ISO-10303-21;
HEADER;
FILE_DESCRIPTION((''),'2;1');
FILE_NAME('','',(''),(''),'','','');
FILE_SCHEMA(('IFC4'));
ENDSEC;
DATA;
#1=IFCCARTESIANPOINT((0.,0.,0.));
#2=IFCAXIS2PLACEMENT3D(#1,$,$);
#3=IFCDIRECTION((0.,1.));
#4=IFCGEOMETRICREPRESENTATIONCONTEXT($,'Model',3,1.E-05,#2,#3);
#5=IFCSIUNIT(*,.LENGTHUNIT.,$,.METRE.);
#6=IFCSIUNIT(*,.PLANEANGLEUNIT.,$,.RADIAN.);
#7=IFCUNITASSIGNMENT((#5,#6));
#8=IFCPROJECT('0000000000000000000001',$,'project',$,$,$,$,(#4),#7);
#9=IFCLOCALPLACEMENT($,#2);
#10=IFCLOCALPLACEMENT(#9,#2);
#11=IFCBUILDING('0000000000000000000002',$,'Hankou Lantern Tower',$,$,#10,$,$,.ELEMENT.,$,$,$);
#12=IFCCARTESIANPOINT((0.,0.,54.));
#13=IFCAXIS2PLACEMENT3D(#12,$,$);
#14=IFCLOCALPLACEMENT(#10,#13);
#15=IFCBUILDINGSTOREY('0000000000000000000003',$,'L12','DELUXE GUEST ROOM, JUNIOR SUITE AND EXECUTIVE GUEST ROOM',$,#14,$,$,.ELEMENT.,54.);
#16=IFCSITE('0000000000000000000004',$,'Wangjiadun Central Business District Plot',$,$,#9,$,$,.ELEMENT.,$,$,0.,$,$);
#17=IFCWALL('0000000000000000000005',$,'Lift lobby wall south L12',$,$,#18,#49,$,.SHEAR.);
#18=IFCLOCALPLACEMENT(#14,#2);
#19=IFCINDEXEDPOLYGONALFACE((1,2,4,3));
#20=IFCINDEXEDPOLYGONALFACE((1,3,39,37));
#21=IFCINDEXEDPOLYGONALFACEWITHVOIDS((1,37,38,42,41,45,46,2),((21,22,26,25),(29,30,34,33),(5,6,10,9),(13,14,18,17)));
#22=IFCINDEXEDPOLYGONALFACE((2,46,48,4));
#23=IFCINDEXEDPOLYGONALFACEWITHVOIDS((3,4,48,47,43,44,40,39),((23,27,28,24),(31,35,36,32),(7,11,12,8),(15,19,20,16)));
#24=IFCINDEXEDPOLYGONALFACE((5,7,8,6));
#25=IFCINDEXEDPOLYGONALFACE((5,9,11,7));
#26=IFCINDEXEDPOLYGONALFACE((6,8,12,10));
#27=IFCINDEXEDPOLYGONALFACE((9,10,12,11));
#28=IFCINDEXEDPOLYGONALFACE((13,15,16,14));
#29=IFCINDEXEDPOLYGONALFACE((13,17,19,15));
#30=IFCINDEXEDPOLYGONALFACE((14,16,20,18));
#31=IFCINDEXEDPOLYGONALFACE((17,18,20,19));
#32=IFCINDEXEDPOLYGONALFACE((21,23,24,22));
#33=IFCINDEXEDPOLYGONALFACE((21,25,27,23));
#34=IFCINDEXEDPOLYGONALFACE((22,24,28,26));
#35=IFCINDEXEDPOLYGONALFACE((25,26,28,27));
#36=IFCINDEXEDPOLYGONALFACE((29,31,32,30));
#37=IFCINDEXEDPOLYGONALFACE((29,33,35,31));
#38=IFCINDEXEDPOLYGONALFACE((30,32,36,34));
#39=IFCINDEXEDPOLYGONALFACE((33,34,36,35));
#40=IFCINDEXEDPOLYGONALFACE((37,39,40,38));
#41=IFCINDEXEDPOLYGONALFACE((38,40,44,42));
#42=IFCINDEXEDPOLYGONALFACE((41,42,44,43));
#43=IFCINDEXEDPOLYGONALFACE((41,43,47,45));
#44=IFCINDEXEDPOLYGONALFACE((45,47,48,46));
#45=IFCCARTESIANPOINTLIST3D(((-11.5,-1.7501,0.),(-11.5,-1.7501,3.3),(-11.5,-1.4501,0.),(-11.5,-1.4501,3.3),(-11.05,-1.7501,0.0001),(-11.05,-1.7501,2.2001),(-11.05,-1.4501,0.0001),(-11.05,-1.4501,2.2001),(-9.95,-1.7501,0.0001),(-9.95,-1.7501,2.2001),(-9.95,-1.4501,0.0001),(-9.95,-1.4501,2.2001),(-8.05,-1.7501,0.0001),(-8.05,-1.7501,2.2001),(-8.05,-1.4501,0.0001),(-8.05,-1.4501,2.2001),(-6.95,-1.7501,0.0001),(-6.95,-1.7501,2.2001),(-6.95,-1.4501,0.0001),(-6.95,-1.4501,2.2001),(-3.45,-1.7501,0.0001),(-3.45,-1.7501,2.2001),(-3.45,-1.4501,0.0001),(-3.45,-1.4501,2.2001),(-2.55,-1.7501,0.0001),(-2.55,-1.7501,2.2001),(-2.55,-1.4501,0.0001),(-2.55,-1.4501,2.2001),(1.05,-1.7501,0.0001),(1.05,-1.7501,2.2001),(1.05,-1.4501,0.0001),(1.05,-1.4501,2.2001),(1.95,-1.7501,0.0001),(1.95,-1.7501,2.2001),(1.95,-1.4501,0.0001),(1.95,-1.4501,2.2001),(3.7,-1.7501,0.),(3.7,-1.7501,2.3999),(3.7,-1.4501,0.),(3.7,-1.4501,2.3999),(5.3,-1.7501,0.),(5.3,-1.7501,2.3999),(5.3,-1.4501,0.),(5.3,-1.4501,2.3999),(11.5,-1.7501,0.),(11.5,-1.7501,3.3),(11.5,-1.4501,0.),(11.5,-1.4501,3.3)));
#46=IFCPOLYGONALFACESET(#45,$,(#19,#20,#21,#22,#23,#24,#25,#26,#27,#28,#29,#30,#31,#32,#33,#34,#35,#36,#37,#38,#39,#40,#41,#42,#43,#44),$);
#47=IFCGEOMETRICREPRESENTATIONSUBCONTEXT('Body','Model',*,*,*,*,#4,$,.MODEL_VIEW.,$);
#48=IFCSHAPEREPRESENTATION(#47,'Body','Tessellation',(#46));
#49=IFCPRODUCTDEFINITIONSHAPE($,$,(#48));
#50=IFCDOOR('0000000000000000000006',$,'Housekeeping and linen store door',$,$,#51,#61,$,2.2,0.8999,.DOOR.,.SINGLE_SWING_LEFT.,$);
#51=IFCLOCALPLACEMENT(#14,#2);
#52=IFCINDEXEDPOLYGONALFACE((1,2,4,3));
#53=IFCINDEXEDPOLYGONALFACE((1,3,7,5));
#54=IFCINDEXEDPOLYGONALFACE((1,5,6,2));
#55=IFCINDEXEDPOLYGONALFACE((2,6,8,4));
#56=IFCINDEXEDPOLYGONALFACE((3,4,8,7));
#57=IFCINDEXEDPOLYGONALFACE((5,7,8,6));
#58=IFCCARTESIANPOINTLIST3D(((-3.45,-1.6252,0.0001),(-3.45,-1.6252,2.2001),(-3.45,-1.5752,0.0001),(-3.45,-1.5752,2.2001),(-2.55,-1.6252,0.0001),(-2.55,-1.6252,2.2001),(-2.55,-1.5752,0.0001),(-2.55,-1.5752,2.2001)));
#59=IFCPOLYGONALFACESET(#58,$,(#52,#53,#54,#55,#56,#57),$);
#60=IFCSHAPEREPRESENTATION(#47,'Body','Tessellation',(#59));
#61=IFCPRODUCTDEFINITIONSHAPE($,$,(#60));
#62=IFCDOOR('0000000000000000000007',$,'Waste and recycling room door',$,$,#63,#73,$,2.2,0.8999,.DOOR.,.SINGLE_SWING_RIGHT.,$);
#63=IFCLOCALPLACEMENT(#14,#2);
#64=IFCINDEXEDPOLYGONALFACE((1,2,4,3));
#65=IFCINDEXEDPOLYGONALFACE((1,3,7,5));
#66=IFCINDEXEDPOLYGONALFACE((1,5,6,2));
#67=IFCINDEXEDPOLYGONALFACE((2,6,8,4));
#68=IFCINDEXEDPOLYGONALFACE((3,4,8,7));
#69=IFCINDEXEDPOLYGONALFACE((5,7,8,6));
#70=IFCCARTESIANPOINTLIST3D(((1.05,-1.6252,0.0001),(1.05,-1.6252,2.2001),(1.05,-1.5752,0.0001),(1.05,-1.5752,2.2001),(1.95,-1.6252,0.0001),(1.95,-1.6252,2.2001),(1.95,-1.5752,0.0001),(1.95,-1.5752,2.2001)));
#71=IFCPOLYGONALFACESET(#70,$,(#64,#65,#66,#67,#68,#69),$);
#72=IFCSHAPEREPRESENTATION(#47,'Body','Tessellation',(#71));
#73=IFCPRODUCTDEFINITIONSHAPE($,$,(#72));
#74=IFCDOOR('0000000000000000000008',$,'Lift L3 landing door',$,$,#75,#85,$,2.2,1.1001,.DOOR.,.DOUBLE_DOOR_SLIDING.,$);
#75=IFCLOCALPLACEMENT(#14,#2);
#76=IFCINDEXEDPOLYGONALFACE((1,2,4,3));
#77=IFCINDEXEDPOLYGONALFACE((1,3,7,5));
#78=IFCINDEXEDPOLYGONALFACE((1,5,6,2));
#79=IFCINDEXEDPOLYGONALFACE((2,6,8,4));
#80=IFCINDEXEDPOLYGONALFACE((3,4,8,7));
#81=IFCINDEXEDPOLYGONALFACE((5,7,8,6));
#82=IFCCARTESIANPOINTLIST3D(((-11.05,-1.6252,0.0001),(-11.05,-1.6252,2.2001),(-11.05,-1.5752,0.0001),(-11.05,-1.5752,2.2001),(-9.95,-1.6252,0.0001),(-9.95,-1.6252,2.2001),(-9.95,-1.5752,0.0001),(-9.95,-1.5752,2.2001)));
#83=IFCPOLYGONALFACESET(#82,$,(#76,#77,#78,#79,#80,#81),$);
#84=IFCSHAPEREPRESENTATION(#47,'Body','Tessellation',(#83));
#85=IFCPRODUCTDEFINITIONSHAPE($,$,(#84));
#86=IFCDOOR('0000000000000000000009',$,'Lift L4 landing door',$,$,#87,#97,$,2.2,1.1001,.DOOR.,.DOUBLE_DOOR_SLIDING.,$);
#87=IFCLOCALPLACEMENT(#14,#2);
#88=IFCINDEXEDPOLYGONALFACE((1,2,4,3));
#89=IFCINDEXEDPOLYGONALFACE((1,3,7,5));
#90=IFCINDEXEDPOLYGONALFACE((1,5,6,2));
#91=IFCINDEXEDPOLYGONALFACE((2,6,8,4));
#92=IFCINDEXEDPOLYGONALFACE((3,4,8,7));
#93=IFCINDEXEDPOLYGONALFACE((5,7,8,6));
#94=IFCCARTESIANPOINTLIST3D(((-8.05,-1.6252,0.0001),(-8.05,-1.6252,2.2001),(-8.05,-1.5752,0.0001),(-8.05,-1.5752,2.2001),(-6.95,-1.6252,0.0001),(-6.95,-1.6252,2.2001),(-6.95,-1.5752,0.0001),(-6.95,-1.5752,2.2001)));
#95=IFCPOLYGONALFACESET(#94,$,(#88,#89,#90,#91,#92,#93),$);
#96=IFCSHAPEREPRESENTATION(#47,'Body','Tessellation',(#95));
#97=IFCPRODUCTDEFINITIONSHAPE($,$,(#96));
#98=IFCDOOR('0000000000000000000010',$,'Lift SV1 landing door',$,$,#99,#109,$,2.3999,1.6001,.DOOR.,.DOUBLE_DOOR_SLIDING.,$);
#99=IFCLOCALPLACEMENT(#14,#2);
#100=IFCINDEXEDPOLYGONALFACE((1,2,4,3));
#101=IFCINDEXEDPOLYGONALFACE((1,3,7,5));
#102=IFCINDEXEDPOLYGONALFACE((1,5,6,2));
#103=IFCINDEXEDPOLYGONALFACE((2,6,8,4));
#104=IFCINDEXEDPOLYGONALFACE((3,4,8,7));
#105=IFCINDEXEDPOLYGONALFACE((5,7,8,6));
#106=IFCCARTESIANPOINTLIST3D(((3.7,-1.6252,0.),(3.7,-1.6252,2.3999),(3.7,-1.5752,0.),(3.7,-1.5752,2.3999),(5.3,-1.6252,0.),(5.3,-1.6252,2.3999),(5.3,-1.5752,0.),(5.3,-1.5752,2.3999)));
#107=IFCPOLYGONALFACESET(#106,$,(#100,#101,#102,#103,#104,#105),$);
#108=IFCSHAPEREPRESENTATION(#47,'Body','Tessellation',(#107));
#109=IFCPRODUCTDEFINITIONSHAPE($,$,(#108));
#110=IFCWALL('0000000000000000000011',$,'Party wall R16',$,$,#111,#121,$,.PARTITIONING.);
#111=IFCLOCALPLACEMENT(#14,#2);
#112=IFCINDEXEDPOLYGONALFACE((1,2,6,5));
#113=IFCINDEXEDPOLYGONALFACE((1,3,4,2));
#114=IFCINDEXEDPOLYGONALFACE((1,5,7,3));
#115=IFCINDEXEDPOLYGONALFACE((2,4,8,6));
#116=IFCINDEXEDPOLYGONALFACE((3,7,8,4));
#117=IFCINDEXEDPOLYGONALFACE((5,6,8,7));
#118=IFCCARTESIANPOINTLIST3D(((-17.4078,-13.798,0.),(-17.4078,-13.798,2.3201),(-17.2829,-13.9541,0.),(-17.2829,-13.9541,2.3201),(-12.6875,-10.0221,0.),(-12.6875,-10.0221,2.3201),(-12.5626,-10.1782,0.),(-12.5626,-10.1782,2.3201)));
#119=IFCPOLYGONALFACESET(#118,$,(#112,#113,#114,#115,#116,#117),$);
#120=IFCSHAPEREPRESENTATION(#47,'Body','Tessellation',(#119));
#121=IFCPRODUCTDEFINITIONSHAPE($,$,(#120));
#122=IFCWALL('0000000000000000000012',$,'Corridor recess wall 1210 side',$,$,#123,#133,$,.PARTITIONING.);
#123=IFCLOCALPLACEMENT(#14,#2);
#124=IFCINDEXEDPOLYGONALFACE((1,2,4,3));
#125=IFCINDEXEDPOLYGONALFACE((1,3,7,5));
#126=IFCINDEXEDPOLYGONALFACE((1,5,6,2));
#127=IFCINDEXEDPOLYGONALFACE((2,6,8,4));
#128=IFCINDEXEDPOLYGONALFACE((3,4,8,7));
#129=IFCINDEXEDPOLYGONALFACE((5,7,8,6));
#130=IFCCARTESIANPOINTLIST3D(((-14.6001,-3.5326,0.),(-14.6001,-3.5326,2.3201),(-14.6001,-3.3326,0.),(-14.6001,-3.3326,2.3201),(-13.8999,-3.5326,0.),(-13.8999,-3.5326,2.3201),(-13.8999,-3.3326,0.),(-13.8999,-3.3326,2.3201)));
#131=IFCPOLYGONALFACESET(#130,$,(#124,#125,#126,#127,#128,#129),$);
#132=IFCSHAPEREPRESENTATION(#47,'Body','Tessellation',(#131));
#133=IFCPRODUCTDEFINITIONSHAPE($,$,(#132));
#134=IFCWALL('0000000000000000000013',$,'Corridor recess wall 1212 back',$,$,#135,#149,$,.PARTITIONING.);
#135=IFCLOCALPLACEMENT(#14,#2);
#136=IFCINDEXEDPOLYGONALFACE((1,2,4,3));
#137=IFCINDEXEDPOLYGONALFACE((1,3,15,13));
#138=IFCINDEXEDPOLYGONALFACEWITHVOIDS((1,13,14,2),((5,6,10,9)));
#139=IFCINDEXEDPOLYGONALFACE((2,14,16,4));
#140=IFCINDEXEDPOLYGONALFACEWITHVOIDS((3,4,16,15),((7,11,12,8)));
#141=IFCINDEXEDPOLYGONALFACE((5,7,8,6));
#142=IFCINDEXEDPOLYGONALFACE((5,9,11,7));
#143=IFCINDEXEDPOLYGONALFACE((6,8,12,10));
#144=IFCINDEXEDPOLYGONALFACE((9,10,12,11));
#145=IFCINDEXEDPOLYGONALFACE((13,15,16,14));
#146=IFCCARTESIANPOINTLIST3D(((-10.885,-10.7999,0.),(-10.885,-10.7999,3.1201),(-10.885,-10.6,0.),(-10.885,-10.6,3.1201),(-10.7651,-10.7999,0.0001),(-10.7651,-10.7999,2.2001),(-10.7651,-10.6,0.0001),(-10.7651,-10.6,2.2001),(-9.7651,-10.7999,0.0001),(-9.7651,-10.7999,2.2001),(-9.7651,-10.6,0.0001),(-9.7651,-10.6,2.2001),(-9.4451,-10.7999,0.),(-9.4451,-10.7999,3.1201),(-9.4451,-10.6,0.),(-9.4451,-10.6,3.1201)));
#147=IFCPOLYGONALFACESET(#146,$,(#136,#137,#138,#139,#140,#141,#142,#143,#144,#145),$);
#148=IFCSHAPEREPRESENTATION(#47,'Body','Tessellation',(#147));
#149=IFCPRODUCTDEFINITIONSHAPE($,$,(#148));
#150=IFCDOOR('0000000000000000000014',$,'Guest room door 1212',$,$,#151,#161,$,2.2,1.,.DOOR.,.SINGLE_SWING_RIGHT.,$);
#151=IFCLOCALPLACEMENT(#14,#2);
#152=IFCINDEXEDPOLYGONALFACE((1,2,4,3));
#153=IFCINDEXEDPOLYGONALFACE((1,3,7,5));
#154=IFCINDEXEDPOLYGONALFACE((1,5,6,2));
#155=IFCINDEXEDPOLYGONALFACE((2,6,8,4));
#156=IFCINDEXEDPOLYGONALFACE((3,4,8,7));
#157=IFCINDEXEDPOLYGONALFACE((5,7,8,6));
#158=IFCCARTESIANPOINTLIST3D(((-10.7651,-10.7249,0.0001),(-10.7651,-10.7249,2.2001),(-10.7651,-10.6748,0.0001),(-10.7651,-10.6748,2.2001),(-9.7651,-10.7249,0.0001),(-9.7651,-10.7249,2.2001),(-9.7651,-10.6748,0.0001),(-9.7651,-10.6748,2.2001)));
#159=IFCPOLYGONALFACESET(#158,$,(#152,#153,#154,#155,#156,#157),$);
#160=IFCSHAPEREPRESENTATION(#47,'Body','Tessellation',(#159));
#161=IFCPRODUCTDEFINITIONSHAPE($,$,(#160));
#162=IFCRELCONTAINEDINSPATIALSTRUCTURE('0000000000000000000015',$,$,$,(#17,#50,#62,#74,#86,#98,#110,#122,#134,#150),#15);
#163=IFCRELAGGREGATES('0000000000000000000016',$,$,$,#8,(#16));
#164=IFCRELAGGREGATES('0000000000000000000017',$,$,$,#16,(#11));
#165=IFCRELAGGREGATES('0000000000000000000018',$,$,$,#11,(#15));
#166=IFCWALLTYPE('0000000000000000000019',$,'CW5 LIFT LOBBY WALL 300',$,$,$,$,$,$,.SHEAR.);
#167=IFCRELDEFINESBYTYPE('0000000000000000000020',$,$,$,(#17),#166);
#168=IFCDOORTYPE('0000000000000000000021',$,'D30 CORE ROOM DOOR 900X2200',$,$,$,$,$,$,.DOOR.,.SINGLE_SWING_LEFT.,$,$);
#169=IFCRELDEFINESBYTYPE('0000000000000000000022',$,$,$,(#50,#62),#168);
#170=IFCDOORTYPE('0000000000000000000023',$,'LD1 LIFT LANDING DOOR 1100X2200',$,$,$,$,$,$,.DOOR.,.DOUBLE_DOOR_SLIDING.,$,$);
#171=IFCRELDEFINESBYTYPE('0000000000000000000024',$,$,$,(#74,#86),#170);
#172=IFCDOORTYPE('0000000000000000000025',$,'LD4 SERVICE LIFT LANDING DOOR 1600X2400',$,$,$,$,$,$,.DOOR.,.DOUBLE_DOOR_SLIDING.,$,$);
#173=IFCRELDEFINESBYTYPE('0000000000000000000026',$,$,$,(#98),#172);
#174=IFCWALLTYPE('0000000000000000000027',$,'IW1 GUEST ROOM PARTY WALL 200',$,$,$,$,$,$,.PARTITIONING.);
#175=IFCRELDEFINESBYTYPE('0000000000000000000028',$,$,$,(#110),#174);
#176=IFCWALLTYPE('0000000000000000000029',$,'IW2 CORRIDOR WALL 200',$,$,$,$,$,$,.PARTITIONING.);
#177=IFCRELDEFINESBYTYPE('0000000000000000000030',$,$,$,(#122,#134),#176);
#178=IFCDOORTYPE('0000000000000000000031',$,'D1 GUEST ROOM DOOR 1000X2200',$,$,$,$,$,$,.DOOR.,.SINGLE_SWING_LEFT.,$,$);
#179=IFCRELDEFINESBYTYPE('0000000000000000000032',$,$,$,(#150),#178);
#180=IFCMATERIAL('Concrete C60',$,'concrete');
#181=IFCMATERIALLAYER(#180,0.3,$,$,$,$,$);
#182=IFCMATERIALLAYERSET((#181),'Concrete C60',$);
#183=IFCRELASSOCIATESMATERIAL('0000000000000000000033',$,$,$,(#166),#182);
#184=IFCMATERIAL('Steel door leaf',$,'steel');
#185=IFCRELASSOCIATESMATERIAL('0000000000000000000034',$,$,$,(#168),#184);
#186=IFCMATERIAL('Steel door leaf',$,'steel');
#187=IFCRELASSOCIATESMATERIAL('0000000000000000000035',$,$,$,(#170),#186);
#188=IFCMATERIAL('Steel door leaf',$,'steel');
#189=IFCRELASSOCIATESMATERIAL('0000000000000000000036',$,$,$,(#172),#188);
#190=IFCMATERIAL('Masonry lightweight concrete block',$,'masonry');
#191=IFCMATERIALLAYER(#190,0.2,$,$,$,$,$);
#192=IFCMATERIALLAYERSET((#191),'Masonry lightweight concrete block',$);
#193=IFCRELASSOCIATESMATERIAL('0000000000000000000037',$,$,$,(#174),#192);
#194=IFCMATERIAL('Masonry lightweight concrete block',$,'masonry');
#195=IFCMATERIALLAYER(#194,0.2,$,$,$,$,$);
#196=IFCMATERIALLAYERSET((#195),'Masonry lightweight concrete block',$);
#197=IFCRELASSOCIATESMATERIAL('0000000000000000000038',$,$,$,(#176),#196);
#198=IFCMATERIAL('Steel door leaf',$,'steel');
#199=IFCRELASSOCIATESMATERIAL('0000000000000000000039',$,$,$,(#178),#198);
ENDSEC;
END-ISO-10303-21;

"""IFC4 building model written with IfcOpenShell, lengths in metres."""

from ifc_helpers import new_model, si_unit, direction, frame, frame_2d, origin, place, context, subcontext, project, spatial, rectangle, extrude, material, layer, layer_set, type_object, element, fill, save


model = new_model("IFC4")

# Units and contexts
model_context = context("Model", 3, precision=1e-05, world=origin(), true_north=direction((0.0, 1.0)))
body_context = subcontext(model_context, "Body", "Model", "MODEL_VIEW")
ifc_project = project(units=[si_unit("LENGTHUNIT", "METRE"), si_unit("PLANEANGLEUNIT", "RADIAN")], contexts=[model_context])

# Site, building, storey
site_placement = place(None, origin())
site = spatial("IfcSite", under=ifc_project, at=site_placement, Name="Wangjiadun Central Business District Plot", CompositionType="ELEMENT", RefElevation=0.0)
building_placement = place(site_placement, origin())
building = spatial("IfcBuilding", under=site, at=building_placement, Name="Hankou Lantern Tower", CompositionType="ELEMENT")
storey_placement = place(building_placement, frame((0.0, 0.0, 54.0)))
storey = spatial("IfcBuildingStorey", under=building, at=storey_placement, Name="L12", Description="DELUXE GUEST ROOM, JUNIOR SUITE AND EXECUTIVE GUEST ROOM", CompositionType="ELEMENT", Elevation=54.0)

# Wall, openings, doors
ifc_material_1 = material(Name="Concrete C60", Category="concrete")
ifc_layer_1 = layer(ifc_material_1, 0.3)
ifc_layer_set_1 = layer_set([ifc_layer_1], Name="Concrete C60")
wall_type_1 = type_object("IfcWallType", Name="CW5 LIFT LOBBY WALL 300", PredefinedType="SHEAR", material=ifc_layer_set_1)
wall_1_placement = place(storey_placement, frame((-11.5, -1.6001, 0.0), z_axis=(0.0, 0.0, 1.0), x_axis=(1.0, 0.0, 0.0)))
wall_1 = element("IfcWall", 1, at=wall_1_placement, inside=storey, type_object=wall_type_1, Name="Lift lobby wall south L12", PredefinedType="SHEAR", context=body_context, shape_type="SweptSolid", body=[
    extrude(rectangle(XDim=23.0, YDim=0.3, at=frame_2d((11.5, 0.0))), origin(), (0.0, 0.0, 1.0), 3.3),
])
opening_1_placement = place(wall_1_placement, frame((0.45, 0.0, 0.0)))
opening_1 = element("IfcOpeningElement", 2, at=opening_1_placement, cuts=wall_1, PredefinedType="OPENING", context=body_context, shape_type="SweptSolid", body=[
    extrude(rectangle(XDim=1.1001, YDim=2.2, at=frame_2d((0.55, 1.1001))), frame((0.0, 0.1599, 0.0), z_axis=(0.0, -1.0, 0.0), x_axis=(1.0, 0.0, 0.0)), (0.0, 0.0, 1.0), 0.3201),
])
opening_2_placement = place(wall_1_placement, frame((3.45, 0.0, 0.0)))
opening_2 = element("IfcOpeningElement", 3, at=opening_2_placement, cuts=wall_1, PredefinedType="OPENING", context=body_context, shape_type="SweptSolid", body=[
    extrude(rectangle(XDim=1.1001, YDim=2.2, at=frame_2d((0.55, 1.1001))), frame((0.0, 0.1599, 0.0), z_axis=(0.0, -1.0, 0.0), x_axis=(1.0, 0.0, 0.0)), (0.0, 0.0, 1.0), 0.3201),
])
opening_3_placement = place(wall_1_placement, frame((15.2, 0.0, 0.0)))
opening_3 = element("IfcOpeningElement", 4, at=opening_3_placement, cuts=wall_1, PredefinedType="OPENING", context=body_context, shape_type="SweptSolid", body=[
    extrude(rectangle(XDim=1.6001, YDim=2.3999, at=frame_2d((0.8, 1.2))), frame((0.0, 0.1599, 0.0), z_axis=(0.0, -1.0, 0.0), x_axis=(1.0, 0.0, 0.0)), (0.0, 0.0, 1.0), 0.3201),
])
opening_4_placement = place(wall_1_placement, frame((8.05, 0.0, 0.0)))
opening_4 = element("IfcOpeningElement", 5, at=opening_4_placement, cuts=wall_1, PredefinedType="OPENING", context=body_context, shape_type="SweptSolid", body=[
    extrude(rectangle(XDim=0.8999, YDim=2.2, at=frame_2d((0.45, 1.1001))), frame((0.0, 0.1599, 0.0), z_axis=(0.0, -1.0, 0.0), x_axis=(1.0, 0.0, 0.0)), (0.0, 0.0, 1.0), 0.3201),
])
opening_5_placement = place(wall_1_placement, frame((12.55, 0.0, 0.0)))
opening_5 = element("IfcOpeningElement", 6, at=opening_5_placement, cuts=wall_1, PredefinedType="OPENING", context=body_context, shape_type="SweptSolid", body=[
    extrude(rectangle(XDim=0.8999, YDim=2.2, at=frame_2d((0.45, 1.1001))), frame((0.0, 0.1599, 0.0), z_axis=(0.0, -1.0, 0.0), x_axis=(1.0, 0.0, 0.0)), (0.0, 0.0, 1.0), 0.3201),
])
ifc_material_2 = material(Name="Steel door leaf", Category="steel")
door_type_1 = type_object("IfcDoorType", Name="D30 CORE ROOM DOOR 900X2200", OperationType="SINGLE_SWING_LEFT", PredefinedType="DOOR", material=ifc_material_2)
door_1_placement = place(opening_4_placement, origin())
door_1 = element("IfcDoor", 7, at=door_1_placement, inside=storey, type_object=door_type_1, Name="Housekeeping and linen store door", OperationType="SINGLE_SWING_LEFT", OverallHeight=2.2, OverallWidth=0.8999, PredefinedType="DOOR", context=body_context, shape_type="SweptSolid", body=[
    extrude(rectangle(XDim=0.8999, YDim=2.2, at=frame_2d((0.45, 1.1001))), frame((0.0, 0.0249, 0.0), z_axis=(0.0, -1.0, 0.0), x_axis=(1.0, 0.0, 0.0)), (0.0, 0.0, 1.0), 0.05),
])
fill(opening_4, door_1)
door_2_placement = place(opening_5_placement, origin())
door_2 = element("IfcDoor", 8, at=door_2_placement, inside=storey, type_object=door_type_1, Name="Waste and recycling room door", OperationType="SINGLE_SWING_RIGHT", OverallHeight=2.2, OverallWidth=0.8999, PredefinedType="DOOR", context=body_context, shape_type="SweptSolid", body=[
    extrude(rectangle(XDim=0.8999, YDim=2.2, at=frame_2d((0.45, 1.1001))), frame((0.0, 0.0249, 0.0), z_axis=(0.0, -1.0, 0.0), x_axis=(1.0, 0.0, 0.0)), (0.0, 0.0, 1.0), 0.05),
])
fill(opening_5, door_2)
ifc_material_3 = material(Name="Steel door leaf", Category="steel")
door_type_2 = type_object("IfcDoorType", Name="LD1 LIFT LANDING DOOR 1100X2200", OperationType="DOUBLE_DOOR_SLIDING", PredefinedType="DOOR", material=ifc_material_3)
door_3_placement = place(opening_1_placement, origin())
door_3 = element("IfcDoor", 9, at=door_3_placement, inside=storey, type_object=door_type_2, Name="Lift L3 landing door", OperationType="DOUBLE_DOOR_SLIDING", OverallHeight=2.2, OverallWidth=1.1001, PredefinedType="DOOR", context=body_context, shape_type="SweptSolid", body=[
    extrude(rectangle(XDim=1.1001, YDim=2.2, at=frame_2d((0.55, 1.1001))), frame((0.0, 0.0249, 0.0), z_axis=(0.0, -1.0, 0.0), x_axis=(1.0, 0.0, 0.0)), (0.0, 0.0, 1.0), 0.05),
])
fill(opening_1, door_3)
door_4_placement = place(opening_2_placement, origin())
door_4 = element("IfcDoor", 10, at=door_4_placement, inside=storey, type_object=door_type_2, Name="Lift L4 landing door", OperationType="DOUBLE_DOOR_SLIDING", OverallHeight=2.2, OverallWidth=1.1001, PredefinedType="DOOR", context=body_context, shape_type="SweptSolid", body=[
    extrude(rectangle(XDim=1.1001, YDim=2.2, at=frame_2d((0.55, 1.1001))), frame((0.0, 0.0249, 0.0), z_axis=(0.0, -1.0, 0.0), x_axis=(1.0, 0.0, 0.0)), (0.0, 0.0, 1.0), 0.05),
])
fill(opening_2, door_4)
ifc_material_4 = material(Name="Steel door leaf", Category="steel")
door_type_3 = type_object("IfcDoorType", Name="LD4 SERVICE LIFT LANDING DOOR 1600X2400", OperationType="DOUBLE_DOOR_SLIDING", PredefinedType="DOOR", material=ifc_material_4)
door_5_placement = place(opening_3_placement, origin())
door_5 = element("IfcDoor", 11, at=door_5_placement, inside=storey, type_object=door_type_3, Name="Lift SV1 landing door", OperationType="DOUBLE_DOOR_SLIDING", OverallHeight=2.3999, OverallWidth=1.6001, PredefinedType="DOOR", context=body_context, shape_type="SweptSolid", body=[
    extrude(rectangle(XDim=1.6001, YDim=2.3999, at=frame_2d((0.8, 1.2))), frame((0.0, 0.0249, 0.0), z_axis=(0.0, -1.0, 0.0), x_axis=(1.0, 0.0, 0.0)), (0.0, 0.0, 1.0), 0.05),
])
fill(opening_3, door_5)

# Walls
ifc_material_5 = material(Name="Masonry lightweight concrete block", Category="masonry")
ifc_layer_2 = layer(ifc_material_5, 0.2)
ifc_layer_set_2 = layer_set([ifc_layer_2], Name="Masonry lightweight concrete block")
wall_type_2 = type_object("IfcWallType", Name="IW1 GUEST ROOM PARTY WALL 200", PredefinedType="PARTITIONING", material=ifc_layer_set_2)
wall_2_placement = place(storey_placement, frame((-12.625, -10.1001, 0.0), z_axis=(0.0, 0.0, 1.0), x_axis=(-0.780892, -0.624665, 0.0)))
element("IfcWall", 12, at=wall_2_placement, inside=storey, type_object=wall_type_2, Name="Party wall R16", PredefinedType="PARTITIONING", context=body_context, shape_type="SweptSolid", body=[
    extrude(rectangle(XDim=6.0447, YDim=0.2, at=frame_2d((3.0225, 0.0))), origin(), (0.0, 0.0, 1.0), 2.3201),
])
ifc_material_6 = material(Name="Masonry lightweight concrete block", Category="masonry")
ifc_layer_3 = layer(ifc_material_6, 0.2)
ifc_layer_set_3 = layer_set([ifc_layer_3], Name="Masonry lightweight concrete block")
wall_type_3 = type_object("IfcWallType", Name="IW2 CORRIDOR WALL 200", PredefinedType="PARTITIONING", material=ifc_layer_set_3)
wall_3_placement = place(storey_placement, frame((-13.8999, -3.4326, 0.0), z_axis=(0.0, 0.0, 1.0), x_axis=(-1.0, 0.0, 0.0)))
element("IfcWall", 13, at=wall_3_placement, inside=storey, type_object=wall_type_3, Name="Corridor recess wall 1210 side", PredefinedType="PARTITIONING", context=body_context, shape_type="SweptSolid", body=[
    extrude(rectangle(XDim=0.7002, YDim=0.2, at=frame_2d((0.3501, 0.0))), origin(), (0.0, 0.0, 1.0), 2.3201),
])

# Wall, opening, door
wall_4_placement = place(storey_placement, frame((-9.4451, -10.7, 0.0), z_axis=(0.0, 0.0, 1.0), x_axis=(-1.0, 0.0, 0.0)))
wall_4 = element("IfcWall", 14, at=wall_4_placement, inside=storey, type_object=wall_type_3, Name="Corridor recess wall 1212 back", PredefinedType="PARTITIONING", context=body_context, shape_type="SweptSolid", body=[
    extrude(rectangle(XDim=1.4399, YDim=0.2, at=frame_2d((0.72, 0.0))), origin(), (0.0, 0.0, 1.0), 3.1201),
])
opening_6_placement = place(wall_4_placement, frame((0.3201, 0.0, 0.0)))
opening_6 = element("IfcOpeningElement", 15, at=opening_6_placement, cuts=wall_4, PredefinedType="OPENING", context=body_context, shape_type="SweptSolid", body=[
    extrude(rectangle(XDim=1.0, YDim=2.2, at=frame_2d((0.5, 1.1001))), frame((0.0, 0.1099, 0.0), z_axis=(0.0, -1.0, 0.0), x_axis=(1.0, 0.0, 0.0)), (0.0, 0.0, 1.0), 0.22),
])
ifc_material_7 = material(Name="Steel door leaf", Category="steel")
door_type_4 = type_object("IfcDoorType", Name="D1 GUEST ROOM DOOR 1000X2200", OperationType="SINGLE_SWING_LEFT", PredefinedType="DOOR", material=ifc_material_7)
door_6_placement = place(opening_6_placement, origin())
door_6 = element("IfcDoor", 16, at=door_6_placement, inside=storey, type_object=door_type_4, Name="Guest room door 1212", OperationType="SINGLE_SWING_RIGHT", OverallHeight=2.2, OverallWidth=1.0, PredefinedType="DOOR", context=body_context, shape_type="SweptSolid", body=[
    extrude(rectangle(XDim=1.0, YDim=2.2, at=frame_2d((0.5, 1.1001))), frame((0.0, 0.0249, 0.0), z_axis=(0.0, -1.0, 0.0), x_axis=(1.0, 0.0, 0.0)), (0.0, 0.0, 1.0), 0.05),
])
fill(opening_6, door_6)

save(model, "model.ifc")
